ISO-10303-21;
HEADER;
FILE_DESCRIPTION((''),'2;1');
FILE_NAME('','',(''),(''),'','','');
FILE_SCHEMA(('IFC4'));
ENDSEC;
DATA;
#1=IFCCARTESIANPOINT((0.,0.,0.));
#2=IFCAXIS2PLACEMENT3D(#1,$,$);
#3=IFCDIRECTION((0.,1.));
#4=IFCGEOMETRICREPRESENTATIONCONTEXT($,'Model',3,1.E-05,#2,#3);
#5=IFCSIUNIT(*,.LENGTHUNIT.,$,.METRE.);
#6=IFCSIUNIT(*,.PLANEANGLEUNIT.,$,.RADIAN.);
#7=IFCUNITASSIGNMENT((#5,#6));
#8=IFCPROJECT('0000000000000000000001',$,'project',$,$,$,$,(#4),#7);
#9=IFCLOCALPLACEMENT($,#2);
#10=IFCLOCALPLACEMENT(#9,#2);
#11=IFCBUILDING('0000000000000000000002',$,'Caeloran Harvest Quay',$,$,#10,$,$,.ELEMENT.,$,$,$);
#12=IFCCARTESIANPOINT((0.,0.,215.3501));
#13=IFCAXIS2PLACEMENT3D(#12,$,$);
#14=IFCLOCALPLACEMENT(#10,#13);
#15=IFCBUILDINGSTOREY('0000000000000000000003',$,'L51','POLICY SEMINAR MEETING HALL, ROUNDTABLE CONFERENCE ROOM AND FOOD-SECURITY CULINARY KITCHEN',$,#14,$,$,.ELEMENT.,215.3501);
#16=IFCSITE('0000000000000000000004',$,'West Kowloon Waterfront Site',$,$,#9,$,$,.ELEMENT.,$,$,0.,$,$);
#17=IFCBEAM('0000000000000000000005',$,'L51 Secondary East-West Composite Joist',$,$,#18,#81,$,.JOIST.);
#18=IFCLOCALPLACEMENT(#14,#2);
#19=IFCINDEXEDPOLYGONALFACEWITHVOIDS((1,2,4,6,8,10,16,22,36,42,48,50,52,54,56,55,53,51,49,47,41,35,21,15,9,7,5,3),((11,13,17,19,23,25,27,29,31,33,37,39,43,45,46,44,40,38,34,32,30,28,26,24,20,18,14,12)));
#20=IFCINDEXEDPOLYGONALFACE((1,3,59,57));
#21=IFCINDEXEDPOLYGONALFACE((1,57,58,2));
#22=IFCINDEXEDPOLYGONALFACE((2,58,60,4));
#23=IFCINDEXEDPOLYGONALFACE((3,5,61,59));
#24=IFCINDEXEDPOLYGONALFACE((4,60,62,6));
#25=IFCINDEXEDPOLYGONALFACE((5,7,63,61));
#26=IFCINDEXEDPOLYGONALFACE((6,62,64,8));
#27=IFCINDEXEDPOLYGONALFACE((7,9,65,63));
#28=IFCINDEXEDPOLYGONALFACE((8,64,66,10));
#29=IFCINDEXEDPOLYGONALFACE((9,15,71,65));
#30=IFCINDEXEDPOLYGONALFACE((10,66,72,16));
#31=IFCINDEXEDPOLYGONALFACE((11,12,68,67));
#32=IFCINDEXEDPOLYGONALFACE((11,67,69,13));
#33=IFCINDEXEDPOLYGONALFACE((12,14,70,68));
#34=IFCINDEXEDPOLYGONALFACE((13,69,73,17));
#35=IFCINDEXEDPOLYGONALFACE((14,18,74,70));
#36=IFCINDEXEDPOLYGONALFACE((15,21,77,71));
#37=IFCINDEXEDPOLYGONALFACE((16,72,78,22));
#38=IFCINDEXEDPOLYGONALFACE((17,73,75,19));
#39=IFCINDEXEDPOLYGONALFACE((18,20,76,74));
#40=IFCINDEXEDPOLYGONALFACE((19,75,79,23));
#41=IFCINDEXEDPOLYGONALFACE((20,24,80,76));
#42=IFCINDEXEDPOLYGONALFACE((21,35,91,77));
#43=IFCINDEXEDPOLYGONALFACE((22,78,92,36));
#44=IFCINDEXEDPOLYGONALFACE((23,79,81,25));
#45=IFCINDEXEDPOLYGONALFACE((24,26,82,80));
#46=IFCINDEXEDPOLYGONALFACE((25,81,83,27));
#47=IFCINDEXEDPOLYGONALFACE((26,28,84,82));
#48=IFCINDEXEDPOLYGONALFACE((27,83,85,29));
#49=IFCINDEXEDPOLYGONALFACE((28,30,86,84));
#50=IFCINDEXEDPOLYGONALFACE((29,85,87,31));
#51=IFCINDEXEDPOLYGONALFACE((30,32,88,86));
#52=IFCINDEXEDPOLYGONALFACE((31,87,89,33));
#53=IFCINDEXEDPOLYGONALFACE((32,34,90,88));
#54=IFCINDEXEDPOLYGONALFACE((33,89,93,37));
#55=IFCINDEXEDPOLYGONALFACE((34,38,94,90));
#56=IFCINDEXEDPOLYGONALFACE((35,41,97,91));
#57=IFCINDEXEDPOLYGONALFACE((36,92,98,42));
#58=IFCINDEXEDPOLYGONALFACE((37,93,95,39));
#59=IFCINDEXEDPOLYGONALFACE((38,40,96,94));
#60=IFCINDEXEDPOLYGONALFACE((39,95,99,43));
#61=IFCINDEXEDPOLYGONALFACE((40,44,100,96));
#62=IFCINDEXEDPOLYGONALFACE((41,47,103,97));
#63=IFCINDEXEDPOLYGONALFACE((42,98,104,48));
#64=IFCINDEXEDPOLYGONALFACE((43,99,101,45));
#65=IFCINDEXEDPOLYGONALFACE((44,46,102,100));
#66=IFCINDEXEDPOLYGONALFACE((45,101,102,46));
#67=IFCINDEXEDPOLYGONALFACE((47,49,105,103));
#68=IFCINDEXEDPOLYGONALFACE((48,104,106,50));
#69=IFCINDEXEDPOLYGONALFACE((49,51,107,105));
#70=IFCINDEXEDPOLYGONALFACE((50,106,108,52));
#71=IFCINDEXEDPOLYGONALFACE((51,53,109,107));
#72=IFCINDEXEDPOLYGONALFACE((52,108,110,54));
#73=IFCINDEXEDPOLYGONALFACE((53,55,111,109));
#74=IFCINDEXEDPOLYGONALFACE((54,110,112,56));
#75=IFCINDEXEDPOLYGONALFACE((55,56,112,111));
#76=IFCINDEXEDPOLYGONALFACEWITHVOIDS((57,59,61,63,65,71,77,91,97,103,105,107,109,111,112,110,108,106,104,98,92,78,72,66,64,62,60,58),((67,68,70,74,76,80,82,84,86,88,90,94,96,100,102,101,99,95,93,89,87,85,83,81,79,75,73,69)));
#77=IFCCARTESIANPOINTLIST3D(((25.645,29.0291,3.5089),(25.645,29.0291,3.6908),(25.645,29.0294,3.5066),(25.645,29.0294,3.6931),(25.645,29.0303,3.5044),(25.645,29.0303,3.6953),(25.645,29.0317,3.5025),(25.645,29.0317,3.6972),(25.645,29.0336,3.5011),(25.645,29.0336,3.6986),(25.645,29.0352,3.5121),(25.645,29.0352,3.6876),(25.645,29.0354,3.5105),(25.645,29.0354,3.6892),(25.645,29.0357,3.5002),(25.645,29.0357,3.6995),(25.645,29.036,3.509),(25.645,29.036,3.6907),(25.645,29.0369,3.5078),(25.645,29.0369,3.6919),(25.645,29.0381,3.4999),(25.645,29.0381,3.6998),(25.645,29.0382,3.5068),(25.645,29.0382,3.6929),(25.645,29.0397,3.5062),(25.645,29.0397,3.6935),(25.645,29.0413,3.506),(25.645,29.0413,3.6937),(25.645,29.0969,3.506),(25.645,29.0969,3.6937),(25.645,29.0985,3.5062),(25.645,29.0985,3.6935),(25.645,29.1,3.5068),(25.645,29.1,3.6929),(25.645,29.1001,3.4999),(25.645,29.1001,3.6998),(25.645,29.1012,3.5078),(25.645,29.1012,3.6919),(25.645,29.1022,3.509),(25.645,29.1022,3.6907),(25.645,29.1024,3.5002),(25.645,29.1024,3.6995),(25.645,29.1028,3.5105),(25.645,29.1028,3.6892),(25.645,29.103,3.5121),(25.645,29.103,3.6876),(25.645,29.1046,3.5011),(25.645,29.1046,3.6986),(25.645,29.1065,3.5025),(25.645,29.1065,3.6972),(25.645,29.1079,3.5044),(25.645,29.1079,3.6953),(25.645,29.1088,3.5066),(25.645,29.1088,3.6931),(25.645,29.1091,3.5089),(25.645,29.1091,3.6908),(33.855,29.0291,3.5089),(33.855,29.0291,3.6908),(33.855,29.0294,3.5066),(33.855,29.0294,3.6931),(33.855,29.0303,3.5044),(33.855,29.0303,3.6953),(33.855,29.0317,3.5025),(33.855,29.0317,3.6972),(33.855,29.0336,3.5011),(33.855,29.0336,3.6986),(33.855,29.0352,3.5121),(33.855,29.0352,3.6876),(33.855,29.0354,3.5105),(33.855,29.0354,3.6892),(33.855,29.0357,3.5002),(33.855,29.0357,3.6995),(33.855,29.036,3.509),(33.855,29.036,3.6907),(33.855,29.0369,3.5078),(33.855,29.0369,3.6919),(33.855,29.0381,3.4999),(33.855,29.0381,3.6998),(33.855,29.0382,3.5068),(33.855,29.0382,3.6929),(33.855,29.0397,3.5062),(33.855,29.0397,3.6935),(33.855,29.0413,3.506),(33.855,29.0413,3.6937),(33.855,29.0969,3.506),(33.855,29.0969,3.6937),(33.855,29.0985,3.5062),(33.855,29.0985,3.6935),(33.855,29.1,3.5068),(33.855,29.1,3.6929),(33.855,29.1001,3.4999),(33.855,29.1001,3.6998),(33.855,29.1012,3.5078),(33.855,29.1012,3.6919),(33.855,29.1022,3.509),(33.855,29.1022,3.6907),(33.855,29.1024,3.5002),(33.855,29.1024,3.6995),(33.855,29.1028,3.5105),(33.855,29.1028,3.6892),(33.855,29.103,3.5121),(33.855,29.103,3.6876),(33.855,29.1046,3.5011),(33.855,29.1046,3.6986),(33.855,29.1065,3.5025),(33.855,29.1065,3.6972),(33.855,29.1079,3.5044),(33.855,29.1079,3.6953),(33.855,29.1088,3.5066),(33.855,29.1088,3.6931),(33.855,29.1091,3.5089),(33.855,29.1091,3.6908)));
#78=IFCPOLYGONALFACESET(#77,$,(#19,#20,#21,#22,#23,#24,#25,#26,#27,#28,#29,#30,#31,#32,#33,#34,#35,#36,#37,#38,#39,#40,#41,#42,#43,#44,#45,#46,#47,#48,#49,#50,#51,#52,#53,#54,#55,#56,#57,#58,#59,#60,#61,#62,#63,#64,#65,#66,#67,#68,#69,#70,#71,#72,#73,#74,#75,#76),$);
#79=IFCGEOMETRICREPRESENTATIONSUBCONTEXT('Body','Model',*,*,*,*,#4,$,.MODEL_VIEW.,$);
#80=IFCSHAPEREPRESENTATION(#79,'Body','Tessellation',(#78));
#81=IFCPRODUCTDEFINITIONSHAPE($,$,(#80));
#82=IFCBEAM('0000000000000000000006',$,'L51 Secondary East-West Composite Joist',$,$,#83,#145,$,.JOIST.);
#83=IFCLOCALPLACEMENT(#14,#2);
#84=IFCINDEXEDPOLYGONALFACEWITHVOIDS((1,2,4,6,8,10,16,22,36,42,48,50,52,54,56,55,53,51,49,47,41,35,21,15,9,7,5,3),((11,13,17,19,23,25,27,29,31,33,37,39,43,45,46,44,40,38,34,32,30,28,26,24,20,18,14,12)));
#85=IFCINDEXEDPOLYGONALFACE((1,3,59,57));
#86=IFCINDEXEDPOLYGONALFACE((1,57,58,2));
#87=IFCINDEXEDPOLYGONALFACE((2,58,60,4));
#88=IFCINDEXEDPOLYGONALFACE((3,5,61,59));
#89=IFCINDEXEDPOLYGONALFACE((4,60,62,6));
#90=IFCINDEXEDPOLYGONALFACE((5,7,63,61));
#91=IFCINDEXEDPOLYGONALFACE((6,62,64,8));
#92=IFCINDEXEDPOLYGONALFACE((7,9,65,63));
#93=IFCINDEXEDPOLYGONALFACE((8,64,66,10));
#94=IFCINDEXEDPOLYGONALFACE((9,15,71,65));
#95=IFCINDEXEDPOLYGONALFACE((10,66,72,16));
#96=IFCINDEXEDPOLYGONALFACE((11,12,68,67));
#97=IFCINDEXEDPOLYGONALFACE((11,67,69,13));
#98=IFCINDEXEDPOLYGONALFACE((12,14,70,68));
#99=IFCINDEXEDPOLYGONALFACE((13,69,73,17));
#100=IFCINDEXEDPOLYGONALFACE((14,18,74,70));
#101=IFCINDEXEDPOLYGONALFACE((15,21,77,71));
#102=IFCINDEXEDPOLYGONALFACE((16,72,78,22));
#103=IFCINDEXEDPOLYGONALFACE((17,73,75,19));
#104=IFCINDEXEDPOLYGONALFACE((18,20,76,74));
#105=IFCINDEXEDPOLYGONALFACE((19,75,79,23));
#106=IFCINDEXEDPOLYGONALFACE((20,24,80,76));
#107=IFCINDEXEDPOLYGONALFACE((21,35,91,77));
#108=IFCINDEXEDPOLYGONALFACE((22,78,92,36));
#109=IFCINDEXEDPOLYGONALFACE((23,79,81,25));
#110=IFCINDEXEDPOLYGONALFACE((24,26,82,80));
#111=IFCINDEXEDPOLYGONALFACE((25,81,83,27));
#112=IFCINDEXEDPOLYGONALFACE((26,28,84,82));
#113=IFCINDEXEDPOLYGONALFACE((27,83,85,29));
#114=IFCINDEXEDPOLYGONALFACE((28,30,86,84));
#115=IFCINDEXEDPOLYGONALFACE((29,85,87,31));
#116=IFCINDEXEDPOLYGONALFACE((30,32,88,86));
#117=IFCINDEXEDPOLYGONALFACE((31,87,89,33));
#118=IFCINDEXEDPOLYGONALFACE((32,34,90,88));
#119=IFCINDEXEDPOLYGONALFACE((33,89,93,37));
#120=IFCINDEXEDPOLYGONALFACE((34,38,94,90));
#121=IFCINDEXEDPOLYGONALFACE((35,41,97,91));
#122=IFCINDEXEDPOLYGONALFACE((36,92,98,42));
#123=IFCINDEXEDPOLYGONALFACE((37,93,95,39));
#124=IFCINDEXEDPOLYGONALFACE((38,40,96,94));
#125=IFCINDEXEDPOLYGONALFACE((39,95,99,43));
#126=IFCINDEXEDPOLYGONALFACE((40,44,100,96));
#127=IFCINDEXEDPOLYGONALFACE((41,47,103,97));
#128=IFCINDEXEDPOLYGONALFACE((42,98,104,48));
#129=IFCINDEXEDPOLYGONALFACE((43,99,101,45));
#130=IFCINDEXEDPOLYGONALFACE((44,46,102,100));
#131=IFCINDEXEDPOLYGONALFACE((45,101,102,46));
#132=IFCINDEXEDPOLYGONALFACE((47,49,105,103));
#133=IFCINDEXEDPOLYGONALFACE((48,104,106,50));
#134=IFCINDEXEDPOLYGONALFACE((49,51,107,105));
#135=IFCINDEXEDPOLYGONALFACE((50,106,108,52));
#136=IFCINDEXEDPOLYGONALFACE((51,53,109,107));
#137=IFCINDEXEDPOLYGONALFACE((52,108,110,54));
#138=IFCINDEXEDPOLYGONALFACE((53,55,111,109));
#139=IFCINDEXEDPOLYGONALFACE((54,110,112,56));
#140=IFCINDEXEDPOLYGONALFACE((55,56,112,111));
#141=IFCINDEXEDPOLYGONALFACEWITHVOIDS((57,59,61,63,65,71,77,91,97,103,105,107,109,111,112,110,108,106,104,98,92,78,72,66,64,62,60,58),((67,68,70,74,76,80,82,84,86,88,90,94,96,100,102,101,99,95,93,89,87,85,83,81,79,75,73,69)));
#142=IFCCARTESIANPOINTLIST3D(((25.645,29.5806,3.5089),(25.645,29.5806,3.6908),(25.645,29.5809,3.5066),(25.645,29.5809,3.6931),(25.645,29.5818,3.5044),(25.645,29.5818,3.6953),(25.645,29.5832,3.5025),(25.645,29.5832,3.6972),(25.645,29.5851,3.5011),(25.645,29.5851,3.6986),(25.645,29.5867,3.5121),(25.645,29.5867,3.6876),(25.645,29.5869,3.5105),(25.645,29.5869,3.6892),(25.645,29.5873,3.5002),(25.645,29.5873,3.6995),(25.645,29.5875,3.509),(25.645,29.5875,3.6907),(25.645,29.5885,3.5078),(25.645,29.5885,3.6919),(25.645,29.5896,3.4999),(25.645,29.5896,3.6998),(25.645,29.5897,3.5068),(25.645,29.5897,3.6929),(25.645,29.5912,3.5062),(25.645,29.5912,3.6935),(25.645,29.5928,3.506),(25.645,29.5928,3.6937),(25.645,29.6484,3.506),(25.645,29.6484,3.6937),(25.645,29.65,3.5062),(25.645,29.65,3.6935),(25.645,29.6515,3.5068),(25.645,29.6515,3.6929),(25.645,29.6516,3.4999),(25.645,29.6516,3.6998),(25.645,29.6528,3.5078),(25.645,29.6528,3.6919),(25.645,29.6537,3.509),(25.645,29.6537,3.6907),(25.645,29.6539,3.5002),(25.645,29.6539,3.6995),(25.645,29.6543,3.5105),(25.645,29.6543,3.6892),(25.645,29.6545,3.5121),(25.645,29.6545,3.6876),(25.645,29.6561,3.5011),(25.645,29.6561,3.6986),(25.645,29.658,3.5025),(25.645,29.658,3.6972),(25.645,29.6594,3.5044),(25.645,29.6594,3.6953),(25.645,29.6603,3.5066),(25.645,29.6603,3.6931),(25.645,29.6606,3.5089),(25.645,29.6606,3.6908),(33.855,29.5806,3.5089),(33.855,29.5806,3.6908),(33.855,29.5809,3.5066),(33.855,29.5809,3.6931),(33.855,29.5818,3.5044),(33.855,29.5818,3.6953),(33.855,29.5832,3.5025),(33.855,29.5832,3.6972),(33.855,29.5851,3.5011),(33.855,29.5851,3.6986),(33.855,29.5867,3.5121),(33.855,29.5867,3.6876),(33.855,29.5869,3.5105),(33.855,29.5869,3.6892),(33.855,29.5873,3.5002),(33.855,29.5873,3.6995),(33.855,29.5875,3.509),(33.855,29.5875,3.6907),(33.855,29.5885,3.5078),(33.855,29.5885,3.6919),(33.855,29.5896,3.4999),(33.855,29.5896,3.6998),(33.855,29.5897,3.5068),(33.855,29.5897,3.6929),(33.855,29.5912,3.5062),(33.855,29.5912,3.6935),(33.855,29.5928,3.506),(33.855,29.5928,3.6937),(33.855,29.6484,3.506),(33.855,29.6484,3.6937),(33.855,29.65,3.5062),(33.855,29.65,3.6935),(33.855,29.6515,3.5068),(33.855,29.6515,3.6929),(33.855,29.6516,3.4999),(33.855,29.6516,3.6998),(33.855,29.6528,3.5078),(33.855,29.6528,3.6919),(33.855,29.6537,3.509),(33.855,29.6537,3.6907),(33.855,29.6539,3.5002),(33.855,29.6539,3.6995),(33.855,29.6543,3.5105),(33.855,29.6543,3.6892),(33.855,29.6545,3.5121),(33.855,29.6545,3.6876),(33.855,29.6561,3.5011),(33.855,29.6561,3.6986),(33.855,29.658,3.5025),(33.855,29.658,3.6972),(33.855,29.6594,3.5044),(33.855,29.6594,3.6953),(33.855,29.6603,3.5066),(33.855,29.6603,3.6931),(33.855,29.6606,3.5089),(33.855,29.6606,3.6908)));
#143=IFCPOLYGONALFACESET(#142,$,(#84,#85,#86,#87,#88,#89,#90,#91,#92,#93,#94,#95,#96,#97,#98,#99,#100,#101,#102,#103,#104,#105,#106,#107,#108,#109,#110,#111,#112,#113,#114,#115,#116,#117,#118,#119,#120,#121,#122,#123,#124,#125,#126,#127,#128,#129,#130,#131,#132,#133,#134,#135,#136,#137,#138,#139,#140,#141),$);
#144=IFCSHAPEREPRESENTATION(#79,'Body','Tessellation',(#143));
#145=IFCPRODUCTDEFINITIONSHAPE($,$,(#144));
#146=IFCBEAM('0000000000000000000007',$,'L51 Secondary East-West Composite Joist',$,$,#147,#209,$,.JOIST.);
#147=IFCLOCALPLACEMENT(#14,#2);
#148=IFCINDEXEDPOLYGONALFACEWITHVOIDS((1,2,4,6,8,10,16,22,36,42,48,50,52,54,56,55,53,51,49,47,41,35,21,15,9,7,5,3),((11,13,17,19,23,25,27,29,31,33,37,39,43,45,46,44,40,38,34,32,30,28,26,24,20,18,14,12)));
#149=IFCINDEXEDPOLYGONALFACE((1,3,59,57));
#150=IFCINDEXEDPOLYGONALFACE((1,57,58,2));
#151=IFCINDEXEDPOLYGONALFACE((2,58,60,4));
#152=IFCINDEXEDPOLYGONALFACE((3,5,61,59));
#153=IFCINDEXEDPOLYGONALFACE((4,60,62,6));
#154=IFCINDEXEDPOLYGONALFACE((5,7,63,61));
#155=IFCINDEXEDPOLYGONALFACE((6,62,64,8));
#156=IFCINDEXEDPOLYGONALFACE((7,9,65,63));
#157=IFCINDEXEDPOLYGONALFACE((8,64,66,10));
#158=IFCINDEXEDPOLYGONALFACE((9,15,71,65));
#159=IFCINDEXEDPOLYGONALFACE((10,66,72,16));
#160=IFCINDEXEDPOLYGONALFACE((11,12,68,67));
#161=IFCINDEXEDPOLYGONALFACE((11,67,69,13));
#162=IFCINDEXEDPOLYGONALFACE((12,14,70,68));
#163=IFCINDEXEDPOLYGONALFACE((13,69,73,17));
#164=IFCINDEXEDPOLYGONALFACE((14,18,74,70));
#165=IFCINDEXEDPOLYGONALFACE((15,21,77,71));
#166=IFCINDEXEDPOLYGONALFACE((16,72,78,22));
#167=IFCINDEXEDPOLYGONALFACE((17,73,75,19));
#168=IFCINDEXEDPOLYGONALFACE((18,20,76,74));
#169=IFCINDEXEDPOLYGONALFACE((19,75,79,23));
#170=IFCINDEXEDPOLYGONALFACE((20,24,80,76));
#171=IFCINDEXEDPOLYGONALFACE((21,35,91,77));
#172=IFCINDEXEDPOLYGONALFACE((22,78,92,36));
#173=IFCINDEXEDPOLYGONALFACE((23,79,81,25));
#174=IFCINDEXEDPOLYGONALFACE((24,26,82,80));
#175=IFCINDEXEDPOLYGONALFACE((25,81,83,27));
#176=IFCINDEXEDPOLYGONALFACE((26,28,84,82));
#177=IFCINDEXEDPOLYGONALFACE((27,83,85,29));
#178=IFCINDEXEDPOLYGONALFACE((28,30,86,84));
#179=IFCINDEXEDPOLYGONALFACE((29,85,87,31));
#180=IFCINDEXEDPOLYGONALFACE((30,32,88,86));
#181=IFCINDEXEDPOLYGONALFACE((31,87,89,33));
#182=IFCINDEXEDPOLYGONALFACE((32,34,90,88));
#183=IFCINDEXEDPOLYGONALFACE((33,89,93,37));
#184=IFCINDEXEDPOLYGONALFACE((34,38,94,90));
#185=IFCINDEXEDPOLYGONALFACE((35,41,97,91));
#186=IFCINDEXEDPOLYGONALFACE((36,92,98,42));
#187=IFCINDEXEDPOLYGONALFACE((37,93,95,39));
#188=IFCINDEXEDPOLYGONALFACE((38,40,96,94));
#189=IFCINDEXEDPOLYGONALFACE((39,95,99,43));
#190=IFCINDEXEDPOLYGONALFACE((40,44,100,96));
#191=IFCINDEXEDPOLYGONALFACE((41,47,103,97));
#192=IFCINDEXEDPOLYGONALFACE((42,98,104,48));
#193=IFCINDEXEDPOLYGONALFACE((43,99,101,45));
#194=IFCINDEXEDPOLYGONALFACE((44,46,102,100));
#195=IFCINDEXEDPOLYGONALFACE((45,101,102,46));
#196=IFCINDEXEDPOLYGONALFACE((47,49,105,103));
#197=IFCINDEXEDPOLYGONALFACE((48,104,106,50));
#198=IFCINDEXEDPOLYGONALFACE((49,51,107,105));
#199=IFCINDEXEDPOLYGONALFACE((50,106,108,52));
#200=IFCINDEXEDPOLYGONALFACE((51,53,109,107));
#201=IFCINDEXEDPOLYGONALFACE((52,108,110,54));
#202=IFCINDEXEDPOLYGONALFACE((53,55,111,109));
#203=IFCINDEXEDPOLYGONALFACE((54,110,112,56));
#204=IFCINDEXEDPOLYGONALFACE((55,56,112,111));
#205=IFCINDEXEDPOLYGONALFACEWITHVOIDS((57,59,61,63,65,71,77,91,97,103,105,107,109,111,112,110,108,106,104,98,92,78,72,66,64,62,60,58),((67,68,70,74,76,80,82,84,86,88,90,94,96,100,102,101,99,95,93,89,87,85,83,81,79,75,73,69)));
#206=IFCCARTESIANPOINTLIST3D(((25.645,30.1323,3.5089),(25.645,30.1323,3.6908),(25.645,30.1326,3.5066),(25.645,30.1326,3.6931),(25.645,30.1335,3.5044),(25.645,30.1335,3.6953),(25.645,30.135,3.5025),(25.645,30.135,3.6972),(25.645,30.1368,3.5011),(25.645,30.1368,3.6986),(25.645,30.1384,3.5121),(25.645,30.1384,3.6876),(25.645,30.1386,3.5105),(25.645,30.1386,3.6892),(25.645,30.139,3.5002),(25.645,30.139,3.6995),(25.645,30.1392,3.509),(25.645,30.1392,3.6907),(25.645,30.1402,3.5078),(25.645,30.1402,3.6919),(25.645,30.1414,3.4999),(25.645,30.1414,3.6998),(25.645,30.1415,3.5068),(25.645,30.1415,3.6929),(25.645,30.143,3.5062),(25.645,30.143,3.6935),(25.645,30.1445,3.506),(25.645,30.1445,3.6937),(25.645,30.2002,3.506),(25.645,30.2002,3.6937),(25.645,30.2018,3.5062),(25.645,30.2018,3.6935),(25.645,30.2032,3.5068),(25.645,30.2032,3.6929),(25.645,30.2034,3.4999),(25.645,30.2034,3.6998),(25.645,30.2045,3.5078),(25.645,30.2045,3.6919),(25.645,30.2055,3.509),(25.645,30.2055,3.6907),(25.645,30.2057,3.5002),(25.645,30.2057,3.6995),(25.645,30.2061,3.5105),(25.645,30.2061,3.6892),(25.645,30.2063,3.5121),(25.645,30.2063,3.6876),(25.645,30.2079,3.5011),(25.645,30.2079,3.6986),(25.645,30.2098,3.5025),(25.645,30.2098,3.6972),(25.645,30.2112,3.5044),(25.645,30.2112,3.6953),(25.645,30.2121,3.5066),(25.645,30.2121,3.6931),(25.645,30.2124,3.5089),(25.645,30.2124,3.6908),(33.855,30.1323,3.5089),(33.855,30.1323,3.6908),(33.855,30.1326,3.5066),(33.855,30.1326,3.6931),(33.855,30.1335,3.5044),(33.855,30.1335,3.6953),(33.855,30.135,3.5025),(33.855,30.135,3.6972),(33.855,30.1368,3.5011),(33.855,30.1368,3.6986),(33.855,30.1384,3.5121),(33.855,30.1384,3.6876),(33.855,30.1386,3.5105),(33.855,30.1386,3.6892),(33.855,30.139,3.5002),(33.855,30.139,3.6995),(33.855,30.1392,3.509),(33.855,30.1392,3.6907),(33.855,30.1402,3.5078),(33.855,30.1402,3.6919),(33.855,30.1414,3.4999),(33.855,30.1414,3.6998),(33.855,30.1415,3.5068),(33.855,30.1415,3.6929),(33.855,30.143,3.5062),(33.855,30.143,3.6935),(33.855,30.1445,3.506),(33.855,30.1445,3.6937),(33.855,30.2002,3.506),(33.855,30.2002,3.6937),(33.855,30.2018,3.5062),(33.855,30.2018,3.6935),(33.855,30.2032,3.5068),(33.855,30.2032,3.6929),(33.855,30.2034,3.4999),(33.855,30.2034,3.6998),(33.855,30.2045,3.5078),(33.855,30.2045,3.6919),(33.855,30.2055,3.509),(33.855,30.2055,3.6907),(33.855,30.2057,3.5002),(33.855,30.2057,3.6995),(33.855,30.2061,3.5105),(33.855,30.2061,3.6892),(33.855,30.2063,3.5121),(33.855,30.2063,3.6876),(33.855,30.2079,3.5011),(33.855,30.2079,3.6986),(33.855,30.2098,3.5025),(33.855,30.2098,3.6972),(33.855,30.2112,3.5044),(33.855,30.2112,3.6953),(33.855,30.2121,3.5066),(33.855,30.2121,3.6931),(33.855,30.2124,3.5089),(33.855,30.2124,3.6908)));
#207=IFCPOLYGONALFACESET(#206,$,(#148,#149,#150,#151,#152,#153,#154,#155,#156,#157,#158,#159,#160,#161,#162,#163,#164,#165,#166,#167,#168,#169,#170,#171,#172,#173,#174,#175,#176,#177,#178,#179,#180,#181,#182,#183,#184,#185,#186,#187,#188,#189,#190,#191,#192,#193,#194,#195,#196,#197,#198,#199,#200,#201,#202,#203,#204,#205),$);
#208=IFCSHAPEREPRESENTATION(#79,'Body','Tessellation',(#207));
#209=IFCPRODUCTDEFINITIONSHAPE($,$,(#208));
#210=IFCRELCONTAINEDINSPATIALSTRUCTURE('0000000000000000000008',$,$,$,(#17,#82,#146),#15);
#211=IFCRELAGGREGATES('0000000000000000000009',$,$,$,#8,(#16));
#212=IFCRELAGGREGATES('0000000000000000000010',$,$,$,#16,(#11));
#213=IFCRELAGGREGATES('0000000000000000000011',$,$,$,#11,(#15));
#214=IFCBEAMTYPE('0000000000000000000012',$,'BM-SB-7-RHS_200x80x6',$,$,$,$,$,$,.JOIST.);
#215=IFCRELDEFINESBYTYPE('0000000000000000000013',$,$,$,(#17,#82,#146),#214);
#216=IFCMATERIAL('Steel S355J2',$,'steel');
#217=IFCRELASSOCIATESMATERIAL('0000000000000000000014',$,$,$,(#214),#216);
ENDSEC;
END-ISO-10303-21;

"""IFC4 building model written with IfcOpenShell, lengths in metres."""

from ifc_helpers import new_model, si_unit, direction, frame, origin, origin_2d, place, context, subcontext, project, spatial, hollow_rectangle, extrude, material, material_profile, profile_set, type_object, element, save


model = new_model("IFC4")

# Units and contexts
model_context = context("Model", 3, precision=1e-05, world=origin(), true_north=direction((0.0, 1.0)))
body_context = subcontext(model_context, "Body", "Model", "MODEL_VIEW")
ifc_project = project(units=[si_unit("LENGTHUNIT", "METRE"), si_unit("PLANEANGLEUNIT", "RADIAN")], contexts=[model_context])

# Site, building, storey
site_placement = place(None, origin())
site = spatial("IfcSite", under=ifc_project, at=site_placement, Name="West Kowloon Waterfront Site", CompositionType="ELEMENT", RefElevation=0.0)
building_placement = place(site_placement, origin())
building = spatial("IfcBuilding", under=site, at=building_placement, Name="Caeloran Harvest Quay", CompositionType="ELEMENT")
storey_placement = place(building_placement, frame((0.0, 0.0, 215.3501)))
storey = spatial("IfcBuildingStorey", under=building, at=storey_placement, Name="L51", Description="POLICY SEMINAR MEETING HALL, ROUNDTABLE CONFERENCE ROOM AND FOOD-SECURITY CULINARY KITCHEN", CompositionType="ELEMENT", Elevation=215.3501)

# Beams
ifc_material_1 = material(Name="Steel S355J2", Category="steel")
ifc_material_profile_1 = material_profile(ifc_material_1, hollow_rectangle(XDim=0.0801, YDim=0.2, WallThickness=0.0061, InnerFilletRadius=0.0061, OuterFilletRadius=0.009, at=origin_2d()), Name="RHS 200x80x6")
ifc_profile_set_1 = profile_set([ifc_material_profile_1], Name="Steel S355J2")
beam_type_1 = type_object("IfcBeamType", Name="BM-SB-7-RHS_200x80x6", PredefinedType="JOIST", material=ifc_profile_set_1)
for number, where, z_axis, x_axis, name in (
    (1, (25.645, 29.0691, 3.5999), (1.0, 0.0, 0.0), (0.0, 1.0, 0.0), "L51 Secondary East-West Composite Joist"),
    (2, (25.645, 29.6206, 3.5999), (1.0, 0.0, 0.0), (0.0, 1.0, 0.0), "L51 Secondary East-West Composite Joist"),
    (3, (25.645, 30.1724, 3.5999), (1.0, 0.0, 0.0), (0.0, 1.0, 0.0), "L51 Secondary East-West Composite Joist"),
):
    element("IfcBeam", number, at=place(storey_placement, frame(where, z_axis=z_axis, x_axis=x_axis)), inside=storey, type_object=beam_type_1, Name=name, PredefinedType="JOIST", context=body_context, shape_type="SweptSolid", body=[
        extrude(hollow_rectangle(XDim=0.0801, YDim=0.2, WallThickness=0.0061, InnerFilletRadius=0.0061, OuterFilletRadius=0.009, at=origin_2d()), origin(), (0.0, 0.0, 1.0), 8.21),
    ])

save(model, "model.ifc")
